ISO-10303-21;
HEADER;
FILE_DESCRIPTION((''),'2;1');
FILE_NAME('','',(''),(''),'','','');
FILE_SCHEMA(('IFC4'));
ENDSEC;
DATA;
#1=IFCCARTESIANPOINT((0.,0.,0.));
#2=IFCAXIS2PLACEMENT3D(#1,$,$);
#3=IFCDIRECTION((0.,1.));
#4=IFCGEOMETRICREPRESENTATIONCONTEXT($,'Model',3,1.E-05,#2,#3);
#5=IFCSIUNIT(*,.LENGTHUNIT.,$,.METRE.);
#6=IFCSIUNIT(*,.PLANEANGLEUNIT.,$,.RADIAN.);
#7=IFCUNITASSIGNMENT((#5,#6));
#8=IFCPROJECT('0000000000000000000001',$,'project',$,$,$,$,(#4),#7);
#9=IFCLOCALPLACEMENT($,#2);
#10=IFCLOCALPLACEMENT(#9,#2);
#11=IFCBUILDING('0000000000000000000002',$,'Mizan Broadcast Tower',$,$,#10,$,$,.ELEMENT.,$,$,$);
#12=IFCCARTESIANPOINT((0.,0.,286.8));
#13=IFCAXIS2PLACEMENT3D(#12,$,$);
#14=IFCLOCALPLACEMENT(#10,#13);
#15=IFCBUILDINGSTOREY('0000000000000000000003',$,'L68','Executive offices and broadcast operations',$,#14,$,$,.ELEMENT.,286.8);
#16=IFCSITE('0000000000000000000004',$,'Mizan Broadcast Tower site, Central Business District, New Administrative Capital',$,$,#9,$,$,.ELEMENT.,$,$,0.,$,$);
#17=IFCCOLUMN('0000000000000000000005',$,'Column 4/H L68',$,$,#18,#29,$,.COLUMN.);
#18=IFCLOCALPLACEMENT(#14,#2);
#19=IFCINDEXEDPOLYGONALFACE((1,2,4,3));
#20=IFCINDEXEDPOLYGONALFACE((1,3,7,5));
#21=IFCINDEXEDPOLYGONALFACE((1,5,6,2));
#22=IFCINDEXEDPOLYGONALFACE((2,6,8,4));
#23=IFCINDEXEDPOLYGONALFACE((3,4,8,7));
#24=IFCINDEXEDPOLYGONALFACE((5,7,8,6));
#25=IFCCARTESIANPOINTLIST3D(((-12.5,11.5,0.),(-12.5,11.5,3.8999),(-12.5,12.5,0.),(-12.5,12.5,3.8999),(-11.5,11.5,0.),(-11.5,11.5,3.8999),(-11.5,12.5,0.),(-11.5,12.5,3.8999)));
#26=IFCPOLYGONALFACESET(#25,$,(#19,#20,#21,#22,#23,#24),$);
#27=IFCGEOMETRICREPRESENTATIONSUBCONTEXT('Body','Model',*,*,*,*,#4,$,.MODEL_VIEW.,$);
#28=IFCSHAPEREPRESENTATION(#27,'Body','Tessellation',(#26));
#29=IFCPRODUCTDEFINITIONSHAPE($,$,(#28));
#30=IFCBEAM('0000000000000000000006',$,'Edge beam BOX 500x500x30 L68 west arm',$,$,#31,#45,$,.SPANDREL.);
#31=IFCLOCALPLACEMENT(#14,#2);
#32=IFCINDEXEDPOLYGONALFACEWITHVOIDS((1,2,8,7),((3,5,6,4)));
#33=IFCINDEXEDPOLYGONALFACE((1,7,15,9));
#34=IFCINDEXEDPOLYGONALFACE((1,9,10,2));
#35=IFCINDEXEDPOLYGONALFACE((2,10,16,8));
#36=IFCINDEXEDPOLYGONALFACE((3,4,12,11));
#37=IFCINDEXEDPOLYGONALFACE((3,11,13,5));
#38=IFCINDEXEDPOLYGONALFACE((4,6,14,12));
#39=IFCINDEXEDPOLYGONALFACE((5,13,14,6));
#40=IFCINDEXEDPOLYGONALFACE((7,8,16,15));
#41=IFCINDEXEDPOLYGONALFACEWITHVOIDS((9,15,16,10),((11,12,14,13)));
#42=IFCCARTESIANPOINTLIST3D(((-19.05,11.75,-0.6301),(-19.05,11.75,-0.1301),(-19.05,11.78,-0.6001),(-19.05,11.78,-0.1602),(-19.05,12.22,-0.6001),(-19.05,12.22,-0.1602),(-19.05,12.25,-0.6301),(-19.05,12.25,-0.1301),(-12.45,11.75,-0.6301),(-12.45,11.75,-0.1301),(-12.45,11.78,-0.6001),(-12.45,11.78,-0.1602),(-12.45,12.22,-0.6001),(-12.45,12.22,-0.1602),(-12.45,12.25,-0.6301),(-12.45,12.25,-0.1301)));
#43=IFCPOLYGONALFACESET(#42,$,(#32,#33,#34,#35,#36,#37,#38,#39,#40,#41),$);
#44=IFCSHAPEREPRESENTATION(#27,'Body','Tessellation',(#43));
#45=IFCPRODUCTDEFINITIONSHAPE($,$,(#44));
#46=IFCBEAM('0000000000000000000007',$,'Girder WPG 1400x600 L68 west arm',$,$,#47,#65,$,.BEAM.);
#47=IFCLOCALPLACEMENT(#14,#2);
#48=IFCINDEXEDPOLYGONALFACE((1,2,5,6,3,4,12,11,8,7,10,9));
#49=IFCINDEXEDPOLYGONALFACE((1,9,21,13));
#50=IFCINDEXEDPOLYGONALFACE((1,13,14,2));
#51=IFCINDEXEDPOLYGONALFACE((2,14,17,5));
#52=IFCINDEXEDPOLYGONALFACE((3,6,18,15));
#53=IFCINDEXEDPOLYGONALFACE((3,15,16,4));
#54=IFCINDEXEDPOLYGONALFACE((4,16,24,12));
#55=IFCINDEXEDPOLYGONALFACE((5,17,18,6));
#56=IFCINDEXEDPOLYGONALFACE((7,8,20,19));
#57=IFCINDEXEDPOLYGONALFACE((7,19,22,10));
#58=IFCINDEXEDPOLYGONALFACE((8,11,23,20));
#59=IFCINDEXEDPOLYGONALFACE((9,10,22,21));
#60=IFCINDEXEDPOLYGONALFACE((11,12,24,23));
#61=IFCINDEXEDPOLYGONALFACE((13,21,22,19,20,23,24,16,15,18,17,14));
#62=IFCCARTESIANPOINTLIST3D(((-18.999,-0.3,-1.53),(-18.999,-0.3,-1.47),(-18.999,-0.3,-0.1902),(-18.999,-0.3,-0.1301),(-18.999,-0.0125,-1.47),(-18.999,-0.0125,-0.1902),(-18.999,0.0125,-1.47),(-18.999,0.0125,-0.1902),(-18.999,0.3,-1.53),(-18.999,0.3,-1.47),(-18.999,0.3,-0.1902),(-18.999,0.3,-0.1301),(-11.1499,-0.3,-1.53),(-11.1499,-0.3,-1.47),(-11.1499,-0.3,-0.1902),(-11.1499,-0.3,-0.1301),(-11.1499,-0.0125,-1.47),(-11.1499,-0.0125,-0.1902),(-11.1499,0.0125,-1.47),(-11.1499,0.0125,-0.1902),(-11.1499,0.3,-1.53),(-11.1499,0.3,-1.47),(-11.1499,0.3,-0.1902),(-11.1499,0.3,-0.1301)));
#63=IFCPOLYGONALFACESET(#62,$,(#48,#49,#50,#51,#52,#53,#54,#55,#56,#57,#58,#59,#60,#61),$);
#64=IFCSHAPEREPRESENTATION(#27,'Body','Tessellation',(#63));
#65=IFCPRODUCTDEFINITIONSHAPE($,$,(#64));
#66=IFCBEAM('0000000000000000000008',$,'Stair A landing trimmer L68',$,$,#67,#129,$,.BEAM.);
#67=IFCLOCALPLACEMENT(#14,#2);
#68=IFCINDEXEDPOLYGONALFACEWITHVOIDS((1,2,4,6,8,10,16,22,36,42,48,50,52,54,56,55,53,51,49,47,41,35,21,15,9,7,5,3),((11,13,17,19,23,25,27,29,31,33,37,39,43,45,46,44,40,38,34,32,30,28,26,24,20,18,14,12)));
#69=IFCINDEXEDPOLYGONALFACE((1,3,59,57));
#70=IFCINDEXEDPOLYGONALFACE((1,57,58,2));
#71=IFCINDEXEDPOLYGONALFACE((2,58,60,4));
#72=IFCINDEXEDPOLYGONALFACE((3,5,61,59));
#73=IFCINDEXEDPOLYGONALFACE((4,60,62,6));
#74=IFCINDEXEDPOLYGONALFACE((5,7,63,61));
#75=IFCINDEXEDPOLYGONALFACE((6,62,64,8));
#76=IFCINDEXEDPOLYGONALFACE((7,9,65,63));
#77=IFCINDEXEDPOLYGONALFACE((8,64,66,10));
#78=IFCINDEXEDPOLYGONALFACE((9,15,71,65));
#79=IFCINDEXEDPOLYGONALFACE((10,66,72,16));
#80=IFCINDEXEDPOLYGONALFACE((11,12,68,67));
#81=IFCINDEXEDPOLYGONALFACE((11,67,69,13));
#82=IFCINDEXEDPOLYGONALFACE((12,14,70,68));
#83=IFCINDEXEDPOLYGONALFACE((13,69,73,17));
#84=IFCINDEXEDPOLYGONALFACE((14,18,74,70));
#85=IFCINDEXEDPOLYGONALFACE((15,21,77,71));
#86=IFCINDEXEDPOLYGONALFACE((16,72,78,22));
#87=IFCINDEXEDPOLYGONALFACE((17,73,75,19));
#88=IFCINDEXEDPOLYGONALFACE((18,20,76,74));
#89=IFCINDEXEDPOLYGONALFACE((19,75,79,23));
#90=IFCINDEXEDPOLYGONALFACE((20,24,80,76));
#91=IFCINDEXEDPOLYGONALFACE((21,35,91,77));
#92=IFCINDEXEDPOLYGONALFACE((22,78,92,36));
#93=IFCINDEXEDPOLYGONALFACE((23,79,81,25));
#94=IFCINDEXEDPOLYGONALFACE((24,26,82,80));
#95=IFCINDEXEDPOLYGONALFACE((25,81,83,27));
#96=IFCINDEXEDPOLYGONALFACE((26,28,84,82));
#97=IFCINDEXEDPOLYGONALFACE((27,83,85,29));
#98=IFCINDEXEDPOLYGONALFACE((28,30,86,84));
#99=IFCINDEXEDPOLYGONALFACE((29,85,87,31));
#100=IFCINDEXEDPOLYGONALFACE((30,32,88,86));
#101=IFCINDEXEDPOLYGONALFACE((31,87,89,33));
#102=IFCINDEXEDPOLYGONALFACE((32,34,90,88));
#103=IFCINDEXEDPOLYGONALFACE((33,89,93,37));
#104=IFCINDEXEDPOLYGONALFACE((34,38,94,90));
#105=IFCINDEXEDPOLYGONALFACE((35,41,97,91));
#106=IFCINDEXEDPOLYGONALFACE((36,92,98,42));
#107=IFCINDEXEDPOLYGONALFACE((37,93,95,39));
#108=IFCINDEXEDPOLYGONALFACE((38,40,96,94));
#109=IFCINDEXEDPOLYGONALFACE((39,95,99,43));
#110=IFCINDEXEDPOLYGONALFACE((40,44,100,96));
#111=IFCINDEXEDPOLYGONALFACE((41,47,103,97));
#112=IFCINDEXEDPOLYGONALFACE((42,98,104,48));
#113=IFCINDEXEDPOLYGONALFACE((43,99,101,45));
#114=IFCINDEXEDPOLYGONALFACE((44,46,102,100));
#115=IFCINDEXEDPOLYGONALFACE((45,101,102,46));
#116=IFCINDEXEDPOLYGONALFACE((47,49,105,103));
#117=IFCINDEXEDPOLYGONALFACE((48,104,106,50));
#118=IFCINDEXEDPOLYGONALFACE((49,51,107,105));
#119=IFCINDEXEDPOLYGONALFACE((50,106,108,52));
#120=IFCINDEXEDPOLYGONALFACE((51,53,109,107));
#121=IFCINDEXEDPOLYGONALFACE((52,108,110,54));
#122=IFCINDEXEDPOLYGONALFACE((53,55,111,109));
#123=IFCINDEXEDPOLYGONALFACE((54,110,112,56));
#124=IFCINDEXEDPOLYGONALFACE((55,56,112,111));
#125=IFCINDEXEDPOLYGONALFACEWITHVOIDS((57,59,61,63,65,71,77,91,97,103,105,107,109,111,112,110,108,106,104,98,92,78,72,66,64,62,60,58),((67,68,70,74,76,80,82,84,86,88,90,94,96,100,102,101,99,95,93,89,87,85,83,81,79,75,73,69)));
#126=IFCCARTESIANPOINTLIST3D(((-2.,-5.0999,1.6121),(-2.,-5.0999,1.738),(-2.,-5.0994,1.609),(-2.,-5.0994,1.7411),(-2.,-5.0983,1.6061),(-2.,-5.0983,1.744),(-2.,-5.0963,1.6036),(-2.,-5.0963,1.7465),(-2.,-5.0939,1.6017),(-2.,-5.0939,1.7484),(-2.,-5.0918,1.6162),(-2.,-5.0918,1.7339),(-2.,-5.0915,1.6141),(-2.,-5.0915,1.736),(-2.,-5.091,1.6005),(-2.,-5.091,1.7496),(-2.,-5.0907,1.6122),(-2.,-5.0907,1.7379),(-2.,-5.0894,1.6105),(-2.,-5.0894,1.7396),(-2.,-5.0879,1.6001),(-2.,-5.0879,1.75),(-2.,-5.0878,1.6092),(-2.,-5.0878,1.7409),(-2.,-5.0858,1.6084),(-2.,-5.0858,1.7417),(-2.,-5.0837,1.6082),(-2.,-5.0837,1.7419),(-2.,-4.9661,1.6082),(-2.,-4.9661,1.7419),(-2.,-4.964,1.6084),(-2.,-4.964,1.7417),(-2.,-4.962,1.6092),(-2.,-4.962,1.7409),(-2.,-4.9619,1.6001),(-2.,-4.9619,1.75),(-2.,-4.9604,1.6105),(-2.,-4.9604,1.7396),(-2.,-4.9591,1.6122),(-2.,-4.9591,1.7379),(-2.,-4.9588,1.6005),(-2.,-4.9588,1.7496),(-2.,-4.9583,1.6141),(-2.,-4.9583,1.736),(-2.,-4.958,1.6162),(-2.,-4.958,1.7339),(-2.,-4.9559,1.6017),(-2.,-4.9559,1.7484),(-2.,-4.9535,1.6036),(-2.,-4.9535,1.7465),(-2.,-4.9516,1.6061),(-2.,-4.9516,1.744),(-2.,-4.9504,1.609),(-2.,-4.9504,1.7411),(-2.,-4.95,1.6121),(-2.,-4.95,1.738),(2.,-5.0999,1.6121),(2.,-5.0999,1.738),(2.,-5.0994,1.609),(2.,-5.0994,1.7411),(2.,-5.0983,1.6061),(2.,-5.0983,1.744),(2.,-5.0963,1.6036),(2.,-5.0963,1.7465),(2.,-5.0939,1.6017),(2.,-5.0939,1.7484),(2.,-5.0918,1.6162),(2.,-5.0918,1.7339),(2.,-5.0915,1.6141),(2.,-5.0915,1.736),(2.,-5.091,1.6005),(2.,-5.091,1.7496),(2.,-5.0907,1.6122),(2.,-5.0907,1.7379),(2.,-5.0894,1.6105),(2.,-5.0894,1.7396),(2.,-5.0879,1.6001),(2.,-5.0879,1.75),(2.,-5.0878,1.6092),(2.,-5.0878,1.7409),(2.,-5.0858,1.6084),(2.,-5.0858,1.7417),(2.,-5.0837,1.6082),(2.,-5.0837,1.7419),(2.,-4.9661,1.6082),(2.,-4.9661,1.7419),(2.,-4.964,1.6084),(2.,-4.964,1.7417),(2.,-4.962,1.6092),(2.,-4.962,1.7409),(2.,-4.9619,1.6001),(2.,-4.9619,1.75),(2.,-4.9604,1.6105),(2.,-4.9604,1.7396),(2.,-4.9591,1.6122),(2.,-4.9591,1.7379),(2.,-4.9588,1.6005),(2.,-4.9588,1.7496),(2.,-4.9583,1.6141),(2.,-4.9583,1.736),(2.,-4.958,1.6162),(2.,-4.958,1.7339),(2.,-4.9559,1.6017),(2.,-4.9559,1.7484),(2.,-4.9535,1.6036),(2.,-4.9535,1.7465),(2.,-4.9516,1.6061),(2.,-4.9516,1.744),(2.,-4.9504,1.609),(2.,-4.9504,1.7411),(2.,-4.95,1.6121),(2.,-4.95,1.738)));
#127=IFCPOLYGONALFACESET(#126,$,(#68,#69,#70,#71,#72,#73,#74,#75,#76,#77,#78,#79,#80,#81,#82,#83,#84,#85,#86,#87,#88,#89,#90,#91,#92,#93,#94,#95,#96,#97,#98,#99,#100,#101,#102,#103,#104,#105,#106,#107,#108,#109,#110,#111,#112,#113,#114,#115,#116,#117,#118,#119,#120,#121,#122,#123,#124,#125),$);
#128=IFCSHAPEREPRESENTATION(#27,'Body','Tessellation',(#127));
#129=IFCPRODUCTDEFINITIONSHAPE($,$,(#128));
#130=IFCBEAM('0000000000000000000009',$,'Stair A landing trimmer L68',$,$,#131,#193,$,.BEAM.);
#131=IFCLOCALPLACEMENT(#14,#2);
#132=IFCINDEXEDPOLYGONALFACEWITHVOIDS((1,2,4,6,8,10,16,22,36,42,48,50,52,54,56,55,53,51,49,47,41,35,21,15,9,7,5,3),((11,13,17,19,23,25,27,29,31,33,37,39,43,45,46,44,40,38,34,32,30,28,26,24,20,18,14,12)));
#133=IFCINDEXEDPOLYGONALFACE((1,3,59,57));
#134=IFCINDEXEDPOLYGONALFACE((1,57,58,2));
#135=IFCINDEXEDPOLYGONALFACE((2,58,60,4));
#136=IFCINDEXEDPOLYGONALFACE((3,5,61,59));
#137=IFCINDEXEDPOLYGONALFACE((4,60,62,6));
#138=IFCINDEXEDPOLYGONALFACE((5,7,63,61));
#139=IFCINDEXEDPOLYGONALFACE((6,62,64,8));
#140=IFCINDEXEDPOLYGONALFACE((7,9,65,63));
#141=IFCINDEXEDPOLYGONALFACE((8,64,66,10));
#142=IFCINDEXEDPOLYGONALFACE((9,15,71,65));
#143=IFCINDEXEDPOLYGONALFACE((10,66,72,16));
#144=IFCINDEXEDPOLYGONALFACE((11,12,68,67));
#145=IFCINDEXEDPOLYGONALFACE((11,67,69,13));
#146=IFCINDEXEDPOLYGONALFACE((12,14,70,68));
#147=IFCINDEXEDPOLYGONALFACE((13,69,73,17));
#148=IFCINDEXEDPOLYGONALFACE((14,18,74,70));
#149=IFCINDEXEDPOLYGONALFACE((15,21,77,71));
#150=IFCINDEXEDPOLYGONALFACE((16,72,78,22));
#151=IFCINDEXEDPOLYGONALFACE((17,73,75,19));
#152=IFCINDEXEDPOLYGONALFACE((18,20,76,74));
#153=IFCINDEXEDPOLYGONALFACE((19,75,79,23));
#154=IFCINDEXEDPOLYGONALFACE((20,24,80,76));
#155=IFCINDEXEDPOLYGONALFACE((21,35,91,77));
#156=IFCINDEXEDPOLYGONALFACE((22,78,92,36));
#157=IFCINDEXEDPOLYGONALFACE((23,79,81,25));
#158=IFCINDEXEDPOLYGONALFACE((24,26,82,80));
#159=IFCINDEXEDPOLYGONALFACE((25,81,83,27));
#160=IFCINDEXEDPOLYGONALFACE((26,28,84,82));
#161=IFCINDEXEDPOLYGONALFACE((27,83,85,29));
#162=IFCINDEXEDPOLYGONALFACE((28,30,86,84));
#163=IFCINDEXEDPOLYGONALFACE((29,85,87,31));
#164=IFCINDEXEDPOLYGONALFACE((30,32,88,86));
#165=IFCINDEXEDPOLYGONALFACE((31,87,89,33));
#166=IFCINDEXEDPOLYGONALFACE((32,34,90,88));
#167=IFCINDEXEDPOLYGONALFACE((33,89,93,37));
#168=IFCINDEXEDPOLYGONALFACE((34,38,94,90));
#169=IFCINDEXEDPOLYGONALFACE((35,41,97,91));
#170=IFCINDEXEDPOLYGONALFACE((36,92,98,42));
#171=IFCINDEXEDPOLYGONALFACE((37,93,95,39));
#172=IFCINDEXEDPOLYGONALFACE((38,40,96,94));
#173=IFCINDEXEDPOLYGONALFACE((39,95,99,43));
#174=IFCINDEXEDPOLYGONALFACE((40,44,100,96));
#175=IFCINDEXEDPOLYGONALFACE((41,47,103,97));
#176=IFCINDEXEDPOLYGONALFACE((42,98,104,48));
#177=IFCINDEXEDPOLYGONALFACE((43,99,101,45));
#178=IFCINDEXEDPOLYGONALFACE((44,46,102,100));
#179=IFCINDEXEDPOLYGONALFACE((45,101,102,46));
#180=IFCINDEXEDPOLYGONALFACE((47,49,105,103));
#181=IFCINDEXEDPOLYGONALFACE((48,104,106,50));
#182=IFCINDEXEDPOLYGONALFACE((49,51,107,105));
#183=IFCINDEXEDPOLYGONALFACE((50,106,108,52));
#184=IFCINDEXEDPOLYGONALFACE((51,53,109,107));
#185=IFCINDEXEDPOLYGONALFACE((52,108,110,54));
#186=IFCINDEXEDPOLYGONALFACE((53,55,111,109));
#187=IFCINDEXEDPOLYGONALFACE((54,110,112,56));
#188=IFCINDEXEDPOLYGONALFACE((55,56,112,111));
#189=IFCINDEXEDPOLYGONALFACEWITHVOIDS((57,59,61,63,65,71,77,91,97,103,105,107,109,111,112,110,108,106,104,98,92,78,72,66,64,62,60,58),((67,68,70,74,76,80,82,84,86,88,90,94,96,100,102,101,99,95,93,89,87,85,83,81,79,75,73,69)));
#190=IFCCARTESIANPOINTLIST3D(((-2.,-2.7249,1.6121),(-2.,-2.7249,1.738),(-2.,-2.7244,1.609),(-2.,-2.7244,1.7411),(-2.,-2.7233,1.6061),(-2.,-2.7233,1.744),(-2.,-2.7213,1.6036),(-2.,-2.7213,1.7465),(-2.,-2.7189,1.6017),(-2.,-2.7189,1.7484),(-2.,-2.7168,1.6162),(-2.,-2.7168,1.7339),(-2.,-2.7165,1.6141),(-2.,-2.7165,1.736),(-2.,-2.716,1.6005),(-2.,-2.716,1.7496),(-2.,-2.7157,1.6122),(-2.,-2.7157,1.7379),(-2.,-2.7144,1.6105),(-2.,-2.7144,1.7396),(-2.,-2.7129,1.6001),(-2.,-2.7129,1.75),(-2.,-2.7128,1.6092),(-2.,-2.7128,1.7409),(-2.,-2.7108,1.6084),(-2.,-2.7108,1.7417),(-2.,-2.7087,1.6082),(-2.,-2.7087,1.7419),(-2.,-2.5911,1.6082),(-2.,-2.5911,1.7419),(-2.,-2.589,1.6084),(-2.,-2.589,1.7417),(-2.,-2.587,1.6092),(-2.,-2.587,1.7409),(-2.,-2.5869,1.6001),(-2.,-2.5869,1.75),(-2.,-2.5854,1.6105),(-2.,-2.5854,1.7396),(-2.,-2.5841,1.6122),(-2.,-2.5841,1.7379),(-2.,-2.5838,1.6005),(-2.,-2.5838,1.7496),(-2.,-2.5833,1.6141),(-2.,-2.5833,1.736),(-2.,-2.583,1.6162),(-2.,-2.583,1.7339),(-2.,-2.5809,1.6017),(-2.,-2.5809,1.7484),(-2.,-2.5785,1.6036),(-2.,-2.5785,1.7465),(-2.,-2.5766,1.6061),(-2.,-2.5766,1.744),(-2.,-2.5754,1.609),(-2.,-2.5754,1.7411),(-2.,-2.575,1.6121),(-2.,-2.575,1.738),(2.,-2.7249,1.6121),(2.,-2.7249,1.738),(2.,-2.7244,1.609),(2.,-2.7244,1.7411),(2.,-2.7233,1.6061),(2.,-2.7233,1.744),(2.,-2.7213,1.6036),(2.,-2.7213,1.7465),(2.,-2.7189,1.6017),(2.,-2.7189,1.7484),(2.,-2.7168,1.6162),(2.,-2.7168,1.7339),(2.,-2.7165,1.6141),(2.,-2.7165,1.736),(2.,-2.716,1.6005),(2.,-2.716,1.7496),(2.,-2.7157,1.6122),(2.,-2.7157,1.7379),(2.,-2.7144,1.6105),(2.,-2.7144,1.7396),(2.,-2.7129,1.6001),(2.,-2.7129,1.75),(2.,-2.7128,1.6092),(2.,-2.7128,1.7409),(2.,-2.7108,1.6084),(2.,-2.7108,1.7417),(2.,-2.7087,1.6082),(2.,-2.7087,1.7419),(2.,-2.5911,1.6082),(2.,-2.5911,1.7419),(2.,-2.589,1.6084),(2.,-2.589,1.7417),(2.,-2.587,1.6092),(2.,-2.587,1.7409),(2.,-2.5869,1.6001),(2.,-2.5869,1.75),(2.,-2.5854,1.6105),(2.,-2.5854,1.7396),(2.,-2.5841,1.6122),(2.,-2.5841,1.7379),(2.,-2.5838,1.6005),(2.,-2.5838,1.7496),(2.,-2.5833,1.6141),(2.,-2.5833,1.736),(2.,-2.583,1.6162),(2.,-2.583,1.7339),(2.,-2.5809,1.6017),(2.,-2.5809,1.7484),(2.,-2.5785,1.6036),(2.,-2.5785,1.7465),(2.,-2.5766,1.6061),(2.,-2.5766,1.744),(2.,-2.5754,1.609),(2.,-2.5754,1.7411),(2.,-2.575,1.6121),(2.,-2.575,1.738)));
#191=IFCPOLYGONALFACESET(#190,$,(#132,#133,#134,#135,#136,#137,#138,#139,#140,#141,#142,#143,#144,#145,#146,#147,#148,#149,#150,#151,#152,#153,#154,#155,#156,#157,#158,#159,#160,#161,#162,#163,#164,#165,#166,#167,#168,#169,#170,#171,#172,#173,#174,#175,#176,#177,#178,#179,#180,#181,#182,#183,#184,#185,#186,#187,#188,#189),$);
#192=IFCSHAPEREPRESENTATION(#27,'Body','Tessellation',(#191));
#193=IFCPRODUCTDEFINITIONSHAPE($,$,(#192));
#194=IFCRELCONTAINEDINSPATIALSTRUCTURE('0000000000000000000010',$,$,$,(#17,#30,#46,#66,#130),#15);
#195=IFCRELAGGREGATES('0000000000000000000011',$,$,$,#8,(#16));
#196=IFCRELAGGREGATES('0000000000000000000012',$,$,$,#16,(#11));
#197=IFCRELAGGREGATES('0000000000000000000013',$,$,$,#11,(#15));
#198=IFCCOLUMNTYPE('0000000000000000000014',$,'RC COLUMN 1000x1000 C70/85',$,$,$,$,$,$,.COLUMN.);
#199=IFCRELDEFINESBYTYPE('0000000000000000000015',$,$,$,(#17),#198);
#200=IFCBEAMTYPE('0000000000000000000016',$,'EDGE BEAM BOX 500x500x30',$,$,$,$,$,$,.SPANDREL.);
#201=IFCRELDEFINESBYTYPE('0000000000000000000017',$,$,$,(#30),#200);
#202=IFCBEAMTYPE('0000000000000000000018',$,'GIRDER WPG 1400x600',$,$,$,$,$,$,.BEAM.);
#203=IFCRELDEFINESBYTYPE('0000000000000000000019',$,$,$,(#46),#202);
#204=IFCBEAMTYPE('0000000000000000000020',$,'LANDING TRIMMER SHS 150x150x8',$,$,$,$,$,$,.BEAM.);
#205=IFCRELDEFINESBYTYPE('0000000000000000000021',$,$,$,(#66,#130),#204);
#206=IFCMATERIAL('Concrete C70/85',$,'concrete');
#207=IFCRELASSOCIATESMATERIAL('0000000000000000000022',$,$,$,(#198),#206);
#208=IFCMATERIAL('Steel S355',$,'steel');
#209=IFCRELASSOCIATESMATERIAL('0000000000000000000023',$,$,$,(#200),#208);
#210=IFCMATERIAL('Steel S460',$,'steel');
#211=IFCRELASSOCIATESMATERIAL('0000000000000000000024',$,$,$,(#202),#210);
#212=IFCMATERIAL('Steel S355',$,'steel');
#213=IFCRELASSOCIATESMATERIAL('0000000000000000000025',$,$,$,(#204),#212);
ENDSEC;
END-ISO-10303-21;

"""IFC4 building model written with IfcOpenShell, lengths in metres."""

from ifc_helpers import new_model, si_unit, direction, frame, origin, origin_2d, place, context, subcontext, project, spatial, rectangle, hollow_rectangle, i_section, extrude, material, material_profile, profile_set, type_object, element, save


model = new_model("IFC4")

# Units and contexts
model_context = context("Model", 3, precision=1e-05, world=origin(), true_north=direction((0.0, 1.0)))
body_context = subcontext(model_context, "Body", "Model", "MODEL_VIEW")
ifc_project = project(units=[si_unit("LENGTHUNIT", "METRE"), si_unit("PLANEANGLEUNIT", "RADIAN")], contexts=[model_context])

# Site, building, storey
site_placement = place(None, origin())
site = spatial("IfcSite", under=ifc_project, at=site_placement, Name="Mizan Broadcast Tower site, Central Business District, New Administrative Capital", CompositionType="ELEMENT", RefElevation=0.0)
building_placement = place(site_placement, origin())
building = spatial("IfcBuilding", under=site, at=building_placement, Name="Mizan Broadcast Tower", CompositionType="ELEMENT")
storey_placement = place(building_placement, frame((0.0, 0.0, 286.8)))
storey = spatial("IfcBuildingStorey", under=building, at=storey_placement, Name="L68", Description="Executive offices and broadcast operations", CompositionType="ELEMENT", Elevation=286.8)

# Column
ifc_material_1 = material(Name="Concrete C70/85", Category="concrete")
ifc_material_profile_1 = material_profile(ifc_material_1, rectangle(XDim=1.0, YDim=1.0, at=origin_2d()), Name="RC 1000x1000")
ifc_profile_set_1 = profile_set([ifc_material_profile_1], Name="Concrete C70/85")
column_type = type_object("IfcColumnType", Name="RC COLUMN 1000x1000 C70/85", PredefinedType="COLUMN", material=ifc_profile_set_1)
column_placement = place(storey_placement, frame((-12.0, 12.0, 0.0), z_axis=(0.0, 0.0, 1.0), x_axis=(1.0, 0.0, 0.0)))
element("IfcColumn", 1, at=column_placement, inside=storey, type_object=column_type, Name="Column 4/H L68", PredefinedType="COLUMN", context=body_context, shape_type="SweptSolid", body=[
    extrude(rectangle(XDim=1.0, YDim=1.0, at=origin_2d()), origin(), (0.0, 0.0, 1.0), 3.8999),
])

# Beams
ifc_material_2 = material(Name="Steel S355", Category="steel")
ifc_material_profile_2 = material_profile(ifc_material_2, hollow_rectangle(XDim=0.5, YDim=0.5, WallThickness=0.03, at=origin_2d()), Name="BOX 500x500x30")
ifc_profile_set_2 = profile_set([ifc_material_profile_2], Name="Steel S355")
beam_type_1 = type_object("IfcBeamType", Name="EDGE BEAM BOX 500x500x30", PredefinedType="SPANDREL", material=ifc_profile_set_2)
beam_1_placement = place(storey_placement, frame((-12.45, 12.0, -0.3801), z_axis=(-1.0, 0.0, 0.0), x_axis=(0.0, -1.0, 0.0)))
element("IfcBeam", 2, at=beam_1_placement, inside=storey, type_object=beam_type_1, Name="Edge beam BOX 500x500x30 L68 west arm", PredefinedType="SPANDREL", context=body_context, shape_type="SweptSolid", body=[
    extrude(hollow_rectangle(XDim=0.5, YDim=0.5, WallThickness=0.03, at=origin_2d()), origin(), (0.0, 0.0, 1.0), 6.6001),
])
ifc_material_3 = material(Name="Steel S460", Category="steel")
ifc_material_profile_3 = material_profile(ifc_material_3, i_section(OverallWidth=0.6001, OverallDepth=1.3999, WebThickness=0.0249, FlangeThickness=0.0601, at=origin_2d()), Name="WPG 1400x600")
ifc_profile_set_3 = profile_set([ifc_material_profile_3], Name="Steel S460")
beam_type_2 = type_object("IfcBeamType", Name="GIRDER WPG 1400x600", PredefinedType="BEAM", material=ifc_profile_set_3)
beam_2_placement = place(storey_placement, frame((-11.1499, 0.0, -0.8301), z_axis=(-1.0, 0.0, 0.0), x_axis=(0.0, -1.0, 0.0)))
element("IfcBeam", 3, at=beam_2_placement, inside=storey, type_object=beam_type_2, Name="Girder WPG 1400x600 L68 west arm", PredefinedType="BEAM", context=body_context, shape_type="SweptSolid", body=[
    extrude(i_section(OverallWidth=0.6001, OverallDepth=1.3999, WebThickness=0.0249, FlangeThickness=0.0601, at=origin_2d()), origin(), (0.0, 0.0, 1.0), 7.8491),
])
ifc_material_4 = material(Name="Steel S355", Category="steel")
ifc_material_profile_4 = material_profile(ifc_material_4, hollow_rectangle(XDim=0.1499, YDim=0.1499, WallThickness=0.0081, InnerFilletRadius=0.0081, OuterFilletRadius=0.012, at=origin_2d()), Name="SHS 150x150x8")
ifc_profile_set_4 = profile_set([ifc_material_profile_4], Name="Steel S355")
beam_type_3 = type_object("IfcBeamType", Name="LANDING TRIMMER SHS 150x150x8", PredefinedType="BEAM", material=ifc_profile_set_4)
for number, where, z_axis, x_axis, name in (
    (4, (-2.0, -5.0249, 1.675), (1.0, 0.0, 0.0), (0.0, 1.0, 0.0), "Stair A landing trimmer L68"),
    (5, (-2.0, -2.6499, 1.675), (1.0, 0.0, 0.0), (0.0, 1.0, 0.0), "Stair A landing trimmer L68"),
):
    element("IfcBeam", number, at=place(storey_placement, frame(where, z_axis=z_axis, x_axis=x_axis)), inside=storey, type_object=beam_type_3, Name=name, PredefinedType="BEAM", context=body_context, shape_type="SweptSolid", body=[
        extrude(hollow_rectangle(XDim=0.1499, YDim=0.1499, WallThickness=0.0081, InnerFilletRadius=0.0081, OuterFilletRadius=0.012, at=origin_2d()), origin(), (0.0, 0.0, 1.0), 4.0),
    ])

save(model, "model.ifc")
